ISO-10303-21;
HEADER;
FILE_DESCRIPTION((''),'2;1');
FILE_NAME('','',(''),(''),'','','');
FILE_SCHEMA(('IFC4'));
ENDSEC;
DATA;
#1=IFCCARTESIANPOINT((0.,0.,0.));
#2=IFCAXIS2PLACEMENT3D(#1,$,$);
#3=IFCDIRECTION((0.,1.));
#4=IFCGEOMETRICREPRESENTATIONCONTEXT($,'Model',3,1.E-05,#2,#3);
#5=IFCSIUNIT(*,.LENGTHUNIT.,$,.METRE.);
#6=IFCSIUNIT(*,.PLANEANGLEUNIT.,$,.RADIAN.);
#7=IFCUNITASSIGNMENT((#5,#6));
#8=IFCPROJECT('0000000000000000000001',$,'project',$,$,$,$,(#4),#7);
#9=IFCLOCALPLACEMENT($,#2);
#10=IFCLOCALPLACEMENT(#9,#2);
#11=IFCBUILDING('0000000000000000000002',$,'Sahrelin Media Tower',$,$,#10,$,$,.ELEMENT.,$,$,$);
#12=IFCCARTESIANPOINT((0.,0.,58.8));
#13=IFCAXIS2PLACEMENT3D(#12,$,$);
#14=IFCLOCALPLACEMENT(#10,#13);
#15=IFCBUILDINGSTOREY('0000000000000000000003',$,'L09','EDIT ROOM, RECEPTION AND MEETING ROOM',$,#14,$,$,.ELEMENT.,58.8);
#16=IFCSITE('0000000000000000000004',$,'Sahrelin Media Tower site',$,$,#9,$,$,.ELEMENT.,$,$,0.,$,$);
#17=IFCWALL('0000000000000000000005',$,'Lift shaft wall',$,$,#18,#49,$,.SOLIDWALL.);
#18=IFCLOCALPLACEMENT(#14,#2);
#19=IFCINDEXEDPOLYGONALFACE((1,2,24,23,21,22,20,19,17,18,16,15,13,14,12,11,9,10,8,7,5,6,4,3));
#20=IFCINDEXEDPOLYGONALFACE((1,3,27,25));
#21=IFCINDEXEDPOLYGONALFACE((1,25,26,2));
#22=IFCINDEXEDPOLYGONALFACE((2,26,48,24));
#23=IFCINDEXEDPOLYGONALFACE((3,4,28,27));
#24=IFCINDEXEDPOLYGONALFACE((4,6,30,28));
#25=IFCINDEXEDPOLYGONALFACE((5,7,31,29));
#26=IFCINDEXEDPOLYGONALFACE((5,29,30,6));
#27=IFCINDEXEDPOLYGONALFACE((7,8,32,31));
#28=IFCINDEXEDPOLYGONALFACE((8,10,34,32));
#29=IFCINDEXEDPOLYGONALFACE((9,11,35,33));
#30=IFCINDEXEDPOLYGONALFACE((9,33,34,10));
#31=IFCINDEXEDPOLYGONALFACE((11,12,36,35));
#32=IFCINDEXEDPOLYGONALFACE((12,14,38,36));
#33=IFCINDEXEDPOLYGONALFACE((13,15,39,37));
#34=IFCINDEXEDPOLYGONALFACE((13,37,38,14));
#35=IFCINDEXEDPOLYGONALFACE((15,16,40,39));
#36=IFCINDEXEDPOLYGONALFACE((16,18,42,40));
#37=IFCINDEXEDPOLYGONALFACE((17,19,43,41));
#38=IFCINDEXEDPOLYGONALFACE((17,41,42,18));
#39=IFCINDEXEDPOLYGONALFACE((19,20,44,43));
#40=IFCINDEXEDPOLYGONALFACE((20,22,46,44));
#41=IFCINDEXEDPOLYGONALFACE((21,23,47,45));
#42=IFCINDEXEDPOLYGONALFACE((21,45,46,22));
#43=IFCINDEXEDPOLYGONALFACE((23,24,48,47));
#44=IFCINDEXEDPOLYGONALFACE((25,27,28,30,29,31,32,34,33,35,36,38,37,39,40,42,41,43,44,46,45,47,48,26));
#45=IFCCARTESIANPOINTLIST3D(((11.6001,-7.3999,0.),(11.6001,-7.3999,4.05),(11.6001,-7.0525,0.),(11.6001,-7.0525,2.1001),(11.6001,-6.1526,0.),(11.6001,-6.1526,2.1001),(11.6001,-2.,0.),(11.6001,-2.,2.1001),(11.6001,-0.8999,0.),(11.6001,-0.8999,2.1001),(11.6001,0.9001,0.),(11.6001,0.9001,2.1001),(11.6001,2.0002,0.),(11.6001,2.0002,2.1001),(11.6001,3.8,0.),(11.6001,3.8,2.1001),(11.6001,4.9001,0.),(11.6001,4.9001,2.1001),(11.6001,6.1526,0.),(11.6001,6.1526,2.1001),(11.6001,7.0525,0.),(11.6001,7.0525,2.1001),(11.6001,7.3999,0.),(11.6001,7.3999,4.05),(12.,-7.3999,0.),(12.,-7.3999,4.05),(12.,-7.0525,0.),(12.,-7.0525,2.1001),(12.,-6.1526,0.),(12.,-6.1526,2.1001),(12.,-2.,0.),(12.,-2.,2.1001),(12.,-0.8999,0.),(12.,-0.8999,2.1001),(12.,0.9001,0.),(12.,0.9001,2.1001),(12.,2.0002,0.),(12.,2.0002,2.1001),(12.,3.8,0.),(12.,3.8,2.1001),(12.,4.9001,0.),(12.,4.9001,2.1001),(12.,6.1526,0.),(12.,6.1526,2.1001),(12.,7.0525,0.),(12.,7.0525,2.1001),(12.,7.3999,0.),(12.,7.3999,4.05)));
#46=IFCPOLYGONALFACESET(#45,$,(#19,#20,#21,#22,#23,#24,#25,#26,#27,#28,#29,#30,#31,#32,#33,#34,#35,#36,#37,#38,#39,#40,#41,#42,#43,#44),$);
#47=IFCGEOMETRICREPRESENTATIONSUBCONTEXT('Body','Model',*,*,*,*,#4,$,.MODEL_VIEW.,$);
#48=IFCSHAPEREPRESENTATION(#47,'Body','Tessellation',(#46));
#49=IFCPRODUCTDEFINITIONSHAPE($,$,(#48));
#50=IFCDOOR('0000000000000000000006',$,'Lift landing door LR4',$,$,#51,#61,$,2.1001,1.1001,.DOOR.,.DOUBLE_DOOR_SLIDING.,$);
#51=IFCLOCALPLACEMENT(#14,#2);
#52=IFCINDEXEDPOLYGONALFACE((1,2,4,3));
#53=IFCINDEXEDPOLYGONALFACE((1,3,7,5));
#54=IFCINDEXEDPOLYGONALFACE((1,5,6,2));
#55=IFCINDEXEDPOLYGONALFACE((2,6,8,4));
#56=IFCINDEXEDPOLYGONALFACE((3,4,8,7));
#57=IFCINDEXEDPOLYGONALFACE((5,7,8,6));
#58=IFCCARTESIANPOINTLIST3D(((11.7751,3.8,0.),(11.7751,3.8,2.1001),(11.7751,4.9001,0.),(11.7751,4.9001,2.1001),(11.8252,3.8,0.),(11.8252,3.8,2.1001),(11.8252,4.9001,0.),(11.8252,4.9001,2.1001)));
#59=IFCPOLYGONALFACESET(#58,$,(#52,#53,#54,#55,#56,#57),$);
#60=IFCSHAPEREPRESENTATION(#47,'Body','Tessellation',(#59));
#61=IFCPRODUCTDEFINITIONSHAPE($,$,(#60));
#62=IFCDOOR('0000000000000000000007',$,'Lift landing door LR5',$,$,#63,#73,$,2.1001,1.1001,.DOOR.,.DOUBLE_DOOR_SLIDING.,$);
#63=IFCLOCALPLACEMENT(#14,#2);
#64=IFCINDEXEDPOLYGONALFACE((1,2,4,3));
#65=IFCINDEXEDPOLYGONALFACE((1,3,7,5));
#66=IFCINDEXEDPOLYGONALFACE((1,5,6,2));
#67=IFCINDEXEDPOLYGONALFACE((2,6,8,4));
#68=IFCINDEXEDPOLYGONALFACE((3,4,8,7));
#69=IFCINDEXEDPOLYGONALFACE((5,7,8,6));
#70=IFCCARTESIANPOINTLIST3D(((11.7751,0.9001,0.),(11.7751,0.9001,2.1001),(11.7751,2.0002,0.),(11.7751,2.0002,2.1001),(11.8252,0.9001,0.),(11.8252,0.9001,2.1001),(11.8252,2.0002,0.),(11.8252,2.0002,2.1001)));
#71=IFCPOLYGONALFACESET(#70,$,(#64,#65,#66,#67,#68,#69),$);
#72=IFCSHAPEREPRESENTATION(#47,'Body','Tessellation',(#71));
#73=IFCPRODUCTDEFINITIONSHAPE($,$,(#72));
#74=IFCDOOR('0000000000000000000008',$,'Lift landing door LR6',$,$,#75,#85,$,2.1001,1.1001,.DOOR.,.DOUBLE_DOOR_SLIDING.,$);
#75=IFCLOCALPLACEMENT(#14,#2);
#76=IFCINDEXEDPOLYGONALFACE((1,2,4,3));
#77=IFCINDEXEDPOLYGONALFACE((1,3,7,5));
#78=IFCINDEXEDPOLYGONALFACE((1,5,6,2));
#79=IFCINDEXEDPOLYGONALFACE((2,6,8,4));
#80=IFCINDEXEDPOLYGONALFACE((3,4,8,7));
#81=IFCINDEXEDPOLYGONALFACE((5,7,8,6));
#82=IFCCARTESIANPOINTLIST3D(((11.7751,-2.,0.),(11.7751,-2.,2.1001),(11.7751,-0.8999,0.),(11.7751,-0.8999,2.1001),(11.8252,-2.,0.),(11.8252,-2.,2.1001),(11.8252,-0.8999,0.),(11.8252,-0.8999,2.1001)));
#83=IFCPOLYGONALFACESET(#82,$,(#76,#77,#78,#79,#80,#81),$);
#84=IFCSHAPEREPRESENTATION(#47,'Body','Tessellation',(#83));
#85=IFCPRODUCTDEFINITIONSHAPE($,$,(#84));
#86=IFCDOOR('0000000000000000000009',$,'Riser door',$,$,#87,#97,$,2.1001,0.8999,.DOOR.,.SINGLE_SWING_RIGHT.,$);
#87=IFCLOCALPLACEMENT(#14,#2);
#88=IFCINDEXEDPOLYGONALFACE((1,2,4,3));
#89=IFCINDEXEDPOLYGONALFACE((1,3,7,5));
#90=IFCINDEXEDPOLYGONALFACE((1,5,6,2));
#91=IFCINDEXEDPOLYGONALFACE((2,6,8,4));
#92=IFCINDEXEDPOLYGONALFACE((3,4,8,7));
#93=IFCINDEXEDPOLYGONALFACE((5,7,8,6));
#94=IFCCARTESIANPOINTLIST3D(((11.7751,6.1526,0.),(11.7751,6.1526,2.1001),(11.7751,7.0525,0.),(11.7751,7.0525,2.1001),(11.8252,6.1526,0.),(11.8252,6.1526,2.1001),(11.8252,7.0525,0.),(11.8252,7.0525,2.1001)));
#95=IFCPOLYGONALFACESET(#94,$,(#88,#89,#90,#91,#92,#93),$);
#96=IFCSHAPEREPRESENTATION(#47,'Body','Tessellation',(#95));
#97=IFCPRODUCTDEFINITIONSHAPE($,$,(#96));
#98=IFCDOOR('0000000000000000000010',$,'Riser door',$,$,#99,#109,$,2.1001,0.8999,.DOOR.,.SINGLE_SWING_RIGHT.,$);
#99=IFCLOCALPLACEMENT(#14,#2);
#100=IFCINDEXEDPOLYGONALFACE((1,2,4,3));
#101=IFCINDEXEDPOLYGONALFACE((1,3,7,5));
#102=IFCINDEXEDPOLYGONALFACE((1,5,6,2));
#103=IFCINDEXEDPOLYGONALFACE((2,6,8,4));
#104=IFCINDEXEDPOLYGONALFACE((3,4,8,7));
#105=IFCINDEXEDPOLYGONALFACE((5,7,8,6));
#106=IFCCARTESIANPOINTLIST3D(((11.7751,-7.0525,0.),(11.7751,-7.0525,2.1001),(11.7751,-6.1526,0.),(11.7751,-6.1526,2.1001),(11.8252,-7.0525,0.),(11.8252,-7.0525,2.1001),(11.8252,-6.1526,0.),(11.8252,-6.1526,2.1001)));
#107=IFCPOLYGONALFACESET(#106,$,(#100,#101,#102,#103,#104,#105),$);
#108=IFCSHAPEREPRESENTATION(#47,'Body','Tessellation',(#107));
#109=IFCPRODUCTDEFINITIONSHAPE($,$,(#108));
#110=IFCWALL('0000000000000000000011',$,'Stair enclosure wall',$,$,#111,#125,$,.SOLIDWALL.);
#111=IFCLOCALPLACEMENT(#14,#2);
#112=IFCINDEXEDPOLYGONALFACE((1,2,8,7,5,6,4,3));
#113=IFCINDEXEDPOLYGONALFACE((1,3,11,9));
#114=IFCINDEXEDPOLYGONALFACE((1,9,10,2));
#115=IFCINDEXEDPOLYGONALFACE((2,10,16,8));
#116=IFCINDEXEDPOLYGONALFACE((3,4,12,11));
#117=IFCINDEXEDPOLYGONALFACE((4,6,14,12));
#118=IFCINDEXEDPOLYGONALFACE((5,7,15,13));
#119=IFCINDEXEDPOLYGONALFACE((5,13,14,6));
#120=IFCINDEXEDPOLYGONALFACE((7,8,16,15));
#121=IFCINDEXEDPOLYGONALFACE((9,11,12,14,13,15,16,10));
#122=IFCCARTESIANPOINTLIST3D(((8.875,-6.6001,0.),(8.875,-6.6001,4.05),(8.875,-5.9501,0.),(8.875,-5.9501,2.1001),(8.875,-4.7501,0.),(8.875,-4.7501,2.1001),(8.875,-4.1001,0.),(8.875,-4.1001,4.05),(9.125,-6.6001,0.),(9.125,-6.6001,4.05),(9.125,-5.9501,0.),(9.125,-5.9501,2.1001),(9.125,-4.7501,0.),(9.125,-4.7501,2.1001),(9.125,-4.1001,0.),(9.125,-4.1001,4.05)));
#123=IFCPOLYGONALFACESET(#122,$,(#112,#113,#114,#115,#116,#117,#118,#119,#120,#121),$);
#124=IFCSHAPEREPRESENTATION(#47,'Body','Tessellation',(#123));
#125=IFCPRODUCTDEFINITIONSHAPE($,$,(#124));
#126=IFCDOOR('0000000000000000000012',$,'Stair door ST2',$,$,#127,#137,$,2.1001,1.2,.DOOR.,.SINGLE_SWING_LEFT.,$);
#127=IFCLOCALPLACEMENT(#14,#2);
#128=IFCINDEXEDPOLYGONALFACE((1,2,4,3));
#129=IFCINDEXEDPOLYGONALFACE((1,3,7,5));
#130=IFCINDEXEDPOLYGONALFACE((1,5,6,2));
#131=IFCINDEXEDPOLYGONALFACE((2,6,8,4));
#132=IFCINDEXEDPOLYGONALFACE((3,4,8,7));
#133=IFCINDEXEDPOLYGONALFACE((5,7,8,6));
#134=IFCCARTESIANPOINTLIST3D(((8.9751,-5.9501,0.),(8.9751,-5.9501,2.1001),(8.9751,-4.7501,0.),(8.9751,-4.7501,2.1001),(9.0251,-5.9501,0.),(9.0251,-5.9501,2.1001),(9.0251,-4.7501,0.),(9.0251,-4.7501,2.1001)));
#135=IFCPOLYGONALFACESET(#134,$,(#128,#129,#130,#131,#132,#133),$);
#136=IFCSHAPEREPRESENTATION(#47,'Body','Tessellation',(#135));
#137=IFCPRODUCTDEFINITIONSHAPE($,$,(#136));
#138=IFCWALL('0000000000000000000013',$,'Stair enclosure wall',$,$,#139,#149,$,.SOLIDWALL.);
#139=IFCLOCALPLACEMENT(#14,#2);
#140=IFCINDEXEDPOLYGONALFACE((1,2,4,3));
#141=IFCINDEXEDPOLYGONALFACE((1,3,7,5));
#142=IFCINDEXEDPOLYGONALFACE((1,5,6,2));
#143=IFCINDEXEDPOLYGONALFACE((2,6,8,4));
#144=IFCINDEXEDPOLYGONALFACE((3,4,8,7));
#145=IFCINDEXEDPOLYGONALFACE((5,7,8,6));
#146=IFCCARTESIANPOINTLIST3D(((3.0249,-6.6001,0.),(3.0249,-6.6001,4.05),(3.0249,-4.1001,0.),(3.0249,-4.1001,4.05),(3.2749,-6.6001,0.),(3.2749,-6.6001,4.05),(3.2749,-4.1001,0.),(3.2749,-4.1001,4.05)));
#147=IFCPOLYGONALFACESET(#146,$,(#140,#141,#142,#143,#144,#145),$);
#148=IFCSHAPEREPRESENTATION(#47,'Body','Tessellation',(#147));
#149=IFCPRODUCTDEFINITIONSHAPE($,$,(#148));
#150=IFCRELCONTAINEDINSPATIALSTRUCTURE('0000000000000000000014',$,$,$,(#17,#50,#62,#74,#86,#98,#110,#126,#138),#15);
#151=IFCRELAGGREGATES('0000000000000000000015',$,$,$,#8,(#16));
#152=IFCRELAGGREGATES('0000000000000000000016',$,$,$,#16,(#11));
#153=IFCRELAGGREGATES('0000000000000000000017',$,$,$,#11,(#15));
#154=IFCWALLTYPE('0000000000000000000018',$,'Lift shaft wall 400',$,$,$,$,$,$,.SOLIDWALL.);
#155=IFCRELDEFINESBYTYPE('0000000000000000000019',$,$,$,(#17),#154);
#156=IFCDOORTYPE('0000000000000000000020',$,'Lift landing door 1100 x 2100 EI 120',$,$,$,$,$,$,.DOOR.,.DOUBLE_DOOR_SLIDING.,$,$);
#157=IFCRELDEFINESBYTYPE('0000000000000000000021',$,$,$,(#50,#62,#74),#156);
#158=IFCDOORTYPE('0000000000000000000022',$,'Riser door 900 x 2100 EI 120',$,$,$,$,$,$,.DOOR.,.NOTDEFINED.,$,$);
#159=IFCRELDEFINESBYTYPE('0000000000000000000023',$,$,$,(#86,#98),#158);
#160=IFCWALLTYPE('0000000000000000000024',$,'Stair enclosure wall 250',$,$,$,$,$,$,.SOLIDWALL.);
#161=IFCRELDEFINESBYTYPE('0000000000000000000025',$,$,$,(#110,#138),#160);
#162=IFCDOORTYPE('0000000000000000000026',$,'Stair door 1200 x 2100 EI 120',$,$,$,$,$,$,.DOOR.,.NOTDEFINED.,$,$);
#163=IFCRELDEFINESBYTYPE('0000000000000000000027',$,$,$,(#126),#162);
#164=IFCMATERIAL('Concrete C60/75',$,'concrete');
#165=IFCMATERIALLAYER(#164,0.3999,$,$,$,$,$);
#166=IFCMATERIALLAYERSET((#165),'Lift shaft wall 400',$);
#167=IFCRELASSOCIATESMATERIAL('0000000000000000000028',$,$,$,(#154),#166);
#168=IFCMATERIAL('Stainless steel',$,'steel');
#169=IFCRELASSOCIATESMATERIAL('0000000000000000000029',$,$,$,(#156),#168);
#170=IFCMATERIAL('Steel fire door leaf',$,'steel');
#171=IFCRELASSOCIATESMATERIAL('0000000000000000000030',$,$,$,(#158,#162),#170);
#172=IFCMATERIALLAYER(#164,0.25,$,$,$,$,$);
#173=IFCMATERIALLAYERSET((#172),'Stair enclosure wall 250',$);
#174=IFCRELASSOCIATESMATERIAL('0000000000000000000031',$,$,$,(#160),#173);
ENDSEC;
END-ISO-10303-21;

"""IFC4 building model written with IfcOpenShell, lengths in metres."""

from ifc_helpers import new_model, si_unit, direction, frame, frame_2d, origin, place, context, subcontext, project, spatial, rectangle, extrude, material, layer, layer_set, type_object, element, fill, save


model = new_model("IFC4")

# Units and contexts
model_context = context("Model", 3, precision=1e-05, world=origin(), true_north=direction((0.0, 1.0)))
body_context = subcontext(model_context, "Body", "Model", "MODEL_VIEW")
ifc_project = project(units=[si_unit("LENGTHUNIT", "METRE"), si_unit("PLANEANGLEUNIT", "RADIAN")], contexts=[model_context])

# Site, building, storey
site_placement = place(None, origin())
site = spatial("IfcSite", under=ifc_project, at=site_placement, Name="Sahrelin Media Tower site", CompositionType="ELEMENT", RefElevation=0.0)
building_placement = place(site_placement, origin())
building = spatial("IfcBuilding", under=site, at=building_placement, Name="Sahrelin Media Tower", CompositionType="ELEMENT")
storey_placement = place(building_placement, frame((0.0, 0.0, 58.8)))
storey = spatial("IfcBuildingStorey", under=building, at=storey_placement, Name="L09", Description="EDIT ROOM, RECEPTION AND MEETING ROOM", CompositionType="ELEMENT", Elevation=58.8)

# Shared definitions
ifc_material_1 = material(Name="Concrete C60/75", Category="concrete")

# Shared definitions
ifc_material_2 = material(Name="Steel fire door leaf", Category="steel")

# Wall, openings, doors
ifc_layer_1 = layer(ifc_material_1, 0.3999)
ifc_layer_set_1 = layer_set([ifc_layer_1], Name="Lift shaft wall 400")
wall_type_1 = type_object("IfcWallType", Name="Lift shaft wall 400", PredefinedType="SOLIDWALL", material=ifc_layer_set_1)
wall_1_placement = place(storey_placement, frame((11.8, -7.3999, 0.0), z_axis=(0.0, 0.0, 1.0), x_axis=(0.0, 1.0, 0.0)))
wall_1 = element("IfcWall", 1, at=wall_1_placement, inside=storey, type_object=wall_type_1, Name="Lift shaft wall", PredefinedType="SOLIDWALL", context=body_context, shape_type="SweptSolid", body=[
    extrude(rectangle(XDim=14.7998, YDim=0.3999, at=frame_2d((7.3999, 0.0))), origin(), (0.0, 0.0, 1.0), 4.05),
])
opening_1_placement = place(wall_1_placement, frame((11.2, 0.0, 0.0)))
opening_1 = element("IfcOpeningElement", 2, at=opening_1_placement, cuts=wall_1, PredefinedType="OPENING", context=body_context, shape_type="SweptSolid", body=[
    extrude(rectangle(XDim=1.1001, YDim=2.1001, at=frame_2d((0.55, 1.05))), frame((0.0, 0.2, 0.0), z_axis=(0.0, -1.0, 0.0), x_axis=(1.0, 0.0, 0.0)), (0.0, 0.0, 1.0), 0.3999),
])
opening_2_placement = place(wall_1_placement, frame((8.3, 0.0, 0.0)))
opening_2 = element("IfcOpeningElement", 3, at=opening_2_placement, cuts=wall_1, PredefinedType="OPENING", context=body_context, shape_type="SweptSolid", body=[
    extrude(rectangle(XDim=1.1001, YDim=2.1001, at=frame_2d((0.55, 1.05))), frame((0.0, 0.2, 0.0), z_axis=(0.0, -1.0, 0.0), x_axis=(1.0, 0.0, 0.0)), (0.0, 0.0, 1.0), 0.3999),
])
opening_3_placement = place(wall_1_placement, frame((5.3999, 0.0, 0.0)))
opening_3 = element("IfcOpeningElement", 4, at=opening_3_placement, cuts=wall_1, PredefinedType="OPENING", context=body_context, shape_type="SweptSolid", body=[
    extrude(rectangle(XDim=1.1001, YDim=2.1001, at=frame_2d((0.55, 1.05))), frame((0.0, 0.2, 0.0), z_axis=(0.0, -1.0, 0.0), x_axis=(1.0, 0.0, 0.0)), (0.0, 0.0, 1.0), 0.3999),
])
opening_4_placement = place(wall_1_placement, frame((13.5525, 0.0, 0.0)))
opening_4 = element("IfcOpeningElement", 5, at=opening_4_placement, cuts=wall_1, PredefinedType="OPENING", context=body_context, shape_type="SweptSolid", body=[
    extrude(rectangle(XDim=0.8999, YDim=2.1001, at=frame_2d((0.45, 1.05))), frame((0.0, 0.2, 0.0), z_axis=(0.0, -1.0, 0.0), x_axis=(1.0, 0.0, 0.0)), (0.0, 0.0, 1.0), 0.3999),
])
opening_5_placement = place(wall_1_placement, frame((0.3474, 0.0, 0.0)))
opening_5 = element("IfcOpeningElement", 6, at=opening_5_placement, cuts=wall_1, PredefinedType="OPENING", context=body_context, shape_type="SweptSolid", body=[
    extrude(rectangle(XDim=0.8999, YDim=2.1001, at=frame_2d((0.45, 1.05))), frame((0.0, 0.2, 0.0), z_axis=(0.0, -1.0, 0.0), x_axis=(1.0, 0.0, 0.0)), (0.0, 0.0, 1.0), 0.3999),
])
ifc_material_3 = material(Name="Stainless steel", Category="steel")
door_type_1 = type_object("IfcDoorType", Name="Lift landing door 1100 x 2100 EI 120", OperationType="DOUBLE_DOOR_SLIDING", PredefinedType="DOOR", material=ifc_material_3)
door_1_placement = place(opening_1_placement, origin())
door_1 = element("IfcDoor", 7, at=door_1_placement, inside=storey, type_object=door_type_1, Name="Lift landing door LR4", OperationType="DOUBLE_DOOR_SLIDING", OverallHeight=2.1001, OverallWidth=1.1001, PredefinedType="DOOR", context=body_context, shape_type="SweptSolid", body=[
    extrude(rectangle(XDim=1.1001, YDim=2.1001, at=frame_2d((0.55, 1.05))), frame((0.0, 0.0249, 0.0), z_axis=(0.0, -1.0, 0.0), x_axis=(1.0, 0.0, 0.0)), (0.0, 0.0, 1.0), 0.05),
])
fill(opening_1, door_1)
door_2_placement = place(opening_2_placement, origin())
door_2 = element("IfcDoor", 8, at=door_2_placement, inside=storey, type_object=door_type_1, Name="Lift landing door LR5", OperationType="DOUBLE_DOOR_SLIDING", OverallHeight=2.1001, OverallWidth=1.1001, PredefinedType="DOOR", context=body_context, shape_type="SweptSolid", body=[
    extrude(rectangle(XDim=1.1001, YDim=2.1001, at=frame_2d((0.55, 1.05))), frame((0.0, 0.0249, 0.0), z_axis=(0.0, -1.0, 0.0), x_axis=(1.0, 0.0, 0.0)), (0.0, 0.0, 1.0), 0.05),
])
fill(opening_2, door_2)
door_3_placement = place(opening_3_placement, origin())
door_3 = element("IfcDoor", 9, at=door_3_placement, inside=storey, type_object=door_type_1, Name="Lift landing door LR6", OperationType="DOUBLE_DOOR_SLIDING", OverallHeight=2.1001, OverallWidth=1.1001, PredefinedType="DOOR", context=body_context, shape_type="SweptSolid", body=[
    extrude(rectangle(XDim=1.1001, YDim=2.1001, at=frame_2d((0.55, 1.05))), frame((0.0, 0.0249, 0.0), z_axis=(0.0, -1.0, 0.0), x_axis=(1.0, 0.0, 0.0)), (0.0, 0.0, 1.0), 0.05),
])
fill(opening_3, door_3)
door_type_2 = type_object("IfcDoorType", Name="Riser door 900 x 2100 EI 120", OperationType="NOTDEFINED", PredefinedType="DOOR", material=ifc_material_2)
door_4_placement = place(opening_4_placement, origin())
door_4 = element("IfcDoor", 10, at=door_4_placement, inside=storey, type_object=door_type_2, Name="Riser door", OperationType="SINGLE_SWING_RIGHT", OverallHeight=2.1001, OverallWidth=0.8999, PredefinedType="DOOR", context=body_context, shape_type="SweptSolid", body=[
    extrude(rectangle(XDim=0.8999, YDim=2.1001, at=frame_2d((0.45, 1.05))), frame((0.0, 0.0249, 0.0), z_axis=(0.0, -1.0, 0.0), x_axis=(1.0, 0.0, 0.0)), (0.0, 0.0, 1.0), 0.05),
])
fill(opening_4, door_4)
door_5_placement = place(opening_5_placement, origin())
door_5 = element("IfcDoor", 11, at=door_5_placement, inside=storey, type_object=door_type_2, Name="Riser door", OperationType="SINGLE_SWING_RIGHT", OverallHeight=2.1001, OverallWidth=0.8999, PredefinedType="DOOR", context=body_context, shape_type="SweptSolid", body=[
    extrude(rectangle(XDim=0.8999, YDim=2.1001, at=frame_2d((0.45, 1.05))), frame((0.0, 0.0249, 0.0), z_axis=(0.0, -1.0, 0.0), x_axis=(1.0, 0.0, 0.0)), (0.0, 0.0, 1.0), 0.05),
])
fill(opening_5, door_5)

# Wall, opening, door
ifc_layer_2 = layer(ifc_material_1, 0.25)
ifc_layer_set_2 = layer_set([ifc_layer_2], Name="Stair enclosure wall 250")
wall_type_2 = type_object("IfcWallType", Name="Stair enclosure wall 250", PredefinedType="SOLIDWALL", material=ifc_layer_set_2)
wall_2_placement = place(storey_placement, frame((9.0, -6.6001, 0.0), z_axis=(0.0, 0.0, 1.0), x_axis=(0.0, 1.0, 0.0)))
wall_2 = element("IfcWall", 12, at=wall_2_placement, inside=storey, type_object=wall_type_2, Name="Stair enclosure wall", PredefinedType="SOLIDWALL", context=body_context, shape_type="SweptSolid", body=[
    extrude(rectangle(XDim=2.5, YDim=0.25, at=frame_2d((1.25, 0.0))), origin(), (0.0, 0.0, 1.0), 4.05),
])
opening_6_placement = place(wall_2_placement, frame((0.6499, 0.0, 0.0)))
opening_6 = element("IfcOpeningElement", 13, at=opening_6_placement, cuts=wall_2, PredefinedType="OPENING", context=body_context, shape_type="SweptSolid", body=[
    extrude(rectangle(XDim=1.2, YDim=2.1001, at=frame_2d((0.6001, 1.05))), frame((0.0, 0.125, 0.0), z_axis=(0.0, -1.0, 0.0), x_axis=(1.0, 0.0, 0.0)), (0.0, 0.0, 1.0), 0.25),
])
door_type_3 = type_object("IfcDoorType", Name="Stair door 1200 x 2100 EI 120", OperationType="NOTDEFINED", PredefinedType="DOOR", material=ifc_material_2)
door_6_placement = place(opening_6_placement, origin())
door_6 = element("IfcDoor", 14, at=door_6_placement, inside=storey, type_object=door_type_3, Name="Stair door ST2", OperationType="SINGLE_SWING_LEFT", OverallHeight=2.1001, OverallWidth=1.2, PredefinedType="DOOR", context=body_context, shape_type="SweptSolid", body=[
    extrude(rectangle(XDim=1.2, YDim=2.1001, at=frame_2d((0.6001, 1.05))), frame((0.0, 0.0249, 0.0), z_axis=(0.0, -1.0, 0.0), x_axis=(1.0, 0.0, 0.0)), (0.0, 0.0, 1.0), 0.05),
])
fill(opening_6, door_6)

# Wall
wall_3_placement = place(storey_placement, frame((3.1499, -6.6001, 0.0), z_axis=(0.0, 0.0, 1.0), x_axis=(0.0, 1.0, 0.0)))
element("IfcWall", 15, at=wall_3_placement, inside=storey, type_object=wall_type_2, Name="Stair enclosure wall", PredefinedType="SOLIDWALL", context=body_context, shape_type="SweptSolid", body=[
    extrude(rectangle(XDim=2.5, YDim=0.25, at=frame_2d((1.25, 0.0))), origin(), (0.0, 0.0, 1.0), 4.05),
])

save(model, "model.ifc")
